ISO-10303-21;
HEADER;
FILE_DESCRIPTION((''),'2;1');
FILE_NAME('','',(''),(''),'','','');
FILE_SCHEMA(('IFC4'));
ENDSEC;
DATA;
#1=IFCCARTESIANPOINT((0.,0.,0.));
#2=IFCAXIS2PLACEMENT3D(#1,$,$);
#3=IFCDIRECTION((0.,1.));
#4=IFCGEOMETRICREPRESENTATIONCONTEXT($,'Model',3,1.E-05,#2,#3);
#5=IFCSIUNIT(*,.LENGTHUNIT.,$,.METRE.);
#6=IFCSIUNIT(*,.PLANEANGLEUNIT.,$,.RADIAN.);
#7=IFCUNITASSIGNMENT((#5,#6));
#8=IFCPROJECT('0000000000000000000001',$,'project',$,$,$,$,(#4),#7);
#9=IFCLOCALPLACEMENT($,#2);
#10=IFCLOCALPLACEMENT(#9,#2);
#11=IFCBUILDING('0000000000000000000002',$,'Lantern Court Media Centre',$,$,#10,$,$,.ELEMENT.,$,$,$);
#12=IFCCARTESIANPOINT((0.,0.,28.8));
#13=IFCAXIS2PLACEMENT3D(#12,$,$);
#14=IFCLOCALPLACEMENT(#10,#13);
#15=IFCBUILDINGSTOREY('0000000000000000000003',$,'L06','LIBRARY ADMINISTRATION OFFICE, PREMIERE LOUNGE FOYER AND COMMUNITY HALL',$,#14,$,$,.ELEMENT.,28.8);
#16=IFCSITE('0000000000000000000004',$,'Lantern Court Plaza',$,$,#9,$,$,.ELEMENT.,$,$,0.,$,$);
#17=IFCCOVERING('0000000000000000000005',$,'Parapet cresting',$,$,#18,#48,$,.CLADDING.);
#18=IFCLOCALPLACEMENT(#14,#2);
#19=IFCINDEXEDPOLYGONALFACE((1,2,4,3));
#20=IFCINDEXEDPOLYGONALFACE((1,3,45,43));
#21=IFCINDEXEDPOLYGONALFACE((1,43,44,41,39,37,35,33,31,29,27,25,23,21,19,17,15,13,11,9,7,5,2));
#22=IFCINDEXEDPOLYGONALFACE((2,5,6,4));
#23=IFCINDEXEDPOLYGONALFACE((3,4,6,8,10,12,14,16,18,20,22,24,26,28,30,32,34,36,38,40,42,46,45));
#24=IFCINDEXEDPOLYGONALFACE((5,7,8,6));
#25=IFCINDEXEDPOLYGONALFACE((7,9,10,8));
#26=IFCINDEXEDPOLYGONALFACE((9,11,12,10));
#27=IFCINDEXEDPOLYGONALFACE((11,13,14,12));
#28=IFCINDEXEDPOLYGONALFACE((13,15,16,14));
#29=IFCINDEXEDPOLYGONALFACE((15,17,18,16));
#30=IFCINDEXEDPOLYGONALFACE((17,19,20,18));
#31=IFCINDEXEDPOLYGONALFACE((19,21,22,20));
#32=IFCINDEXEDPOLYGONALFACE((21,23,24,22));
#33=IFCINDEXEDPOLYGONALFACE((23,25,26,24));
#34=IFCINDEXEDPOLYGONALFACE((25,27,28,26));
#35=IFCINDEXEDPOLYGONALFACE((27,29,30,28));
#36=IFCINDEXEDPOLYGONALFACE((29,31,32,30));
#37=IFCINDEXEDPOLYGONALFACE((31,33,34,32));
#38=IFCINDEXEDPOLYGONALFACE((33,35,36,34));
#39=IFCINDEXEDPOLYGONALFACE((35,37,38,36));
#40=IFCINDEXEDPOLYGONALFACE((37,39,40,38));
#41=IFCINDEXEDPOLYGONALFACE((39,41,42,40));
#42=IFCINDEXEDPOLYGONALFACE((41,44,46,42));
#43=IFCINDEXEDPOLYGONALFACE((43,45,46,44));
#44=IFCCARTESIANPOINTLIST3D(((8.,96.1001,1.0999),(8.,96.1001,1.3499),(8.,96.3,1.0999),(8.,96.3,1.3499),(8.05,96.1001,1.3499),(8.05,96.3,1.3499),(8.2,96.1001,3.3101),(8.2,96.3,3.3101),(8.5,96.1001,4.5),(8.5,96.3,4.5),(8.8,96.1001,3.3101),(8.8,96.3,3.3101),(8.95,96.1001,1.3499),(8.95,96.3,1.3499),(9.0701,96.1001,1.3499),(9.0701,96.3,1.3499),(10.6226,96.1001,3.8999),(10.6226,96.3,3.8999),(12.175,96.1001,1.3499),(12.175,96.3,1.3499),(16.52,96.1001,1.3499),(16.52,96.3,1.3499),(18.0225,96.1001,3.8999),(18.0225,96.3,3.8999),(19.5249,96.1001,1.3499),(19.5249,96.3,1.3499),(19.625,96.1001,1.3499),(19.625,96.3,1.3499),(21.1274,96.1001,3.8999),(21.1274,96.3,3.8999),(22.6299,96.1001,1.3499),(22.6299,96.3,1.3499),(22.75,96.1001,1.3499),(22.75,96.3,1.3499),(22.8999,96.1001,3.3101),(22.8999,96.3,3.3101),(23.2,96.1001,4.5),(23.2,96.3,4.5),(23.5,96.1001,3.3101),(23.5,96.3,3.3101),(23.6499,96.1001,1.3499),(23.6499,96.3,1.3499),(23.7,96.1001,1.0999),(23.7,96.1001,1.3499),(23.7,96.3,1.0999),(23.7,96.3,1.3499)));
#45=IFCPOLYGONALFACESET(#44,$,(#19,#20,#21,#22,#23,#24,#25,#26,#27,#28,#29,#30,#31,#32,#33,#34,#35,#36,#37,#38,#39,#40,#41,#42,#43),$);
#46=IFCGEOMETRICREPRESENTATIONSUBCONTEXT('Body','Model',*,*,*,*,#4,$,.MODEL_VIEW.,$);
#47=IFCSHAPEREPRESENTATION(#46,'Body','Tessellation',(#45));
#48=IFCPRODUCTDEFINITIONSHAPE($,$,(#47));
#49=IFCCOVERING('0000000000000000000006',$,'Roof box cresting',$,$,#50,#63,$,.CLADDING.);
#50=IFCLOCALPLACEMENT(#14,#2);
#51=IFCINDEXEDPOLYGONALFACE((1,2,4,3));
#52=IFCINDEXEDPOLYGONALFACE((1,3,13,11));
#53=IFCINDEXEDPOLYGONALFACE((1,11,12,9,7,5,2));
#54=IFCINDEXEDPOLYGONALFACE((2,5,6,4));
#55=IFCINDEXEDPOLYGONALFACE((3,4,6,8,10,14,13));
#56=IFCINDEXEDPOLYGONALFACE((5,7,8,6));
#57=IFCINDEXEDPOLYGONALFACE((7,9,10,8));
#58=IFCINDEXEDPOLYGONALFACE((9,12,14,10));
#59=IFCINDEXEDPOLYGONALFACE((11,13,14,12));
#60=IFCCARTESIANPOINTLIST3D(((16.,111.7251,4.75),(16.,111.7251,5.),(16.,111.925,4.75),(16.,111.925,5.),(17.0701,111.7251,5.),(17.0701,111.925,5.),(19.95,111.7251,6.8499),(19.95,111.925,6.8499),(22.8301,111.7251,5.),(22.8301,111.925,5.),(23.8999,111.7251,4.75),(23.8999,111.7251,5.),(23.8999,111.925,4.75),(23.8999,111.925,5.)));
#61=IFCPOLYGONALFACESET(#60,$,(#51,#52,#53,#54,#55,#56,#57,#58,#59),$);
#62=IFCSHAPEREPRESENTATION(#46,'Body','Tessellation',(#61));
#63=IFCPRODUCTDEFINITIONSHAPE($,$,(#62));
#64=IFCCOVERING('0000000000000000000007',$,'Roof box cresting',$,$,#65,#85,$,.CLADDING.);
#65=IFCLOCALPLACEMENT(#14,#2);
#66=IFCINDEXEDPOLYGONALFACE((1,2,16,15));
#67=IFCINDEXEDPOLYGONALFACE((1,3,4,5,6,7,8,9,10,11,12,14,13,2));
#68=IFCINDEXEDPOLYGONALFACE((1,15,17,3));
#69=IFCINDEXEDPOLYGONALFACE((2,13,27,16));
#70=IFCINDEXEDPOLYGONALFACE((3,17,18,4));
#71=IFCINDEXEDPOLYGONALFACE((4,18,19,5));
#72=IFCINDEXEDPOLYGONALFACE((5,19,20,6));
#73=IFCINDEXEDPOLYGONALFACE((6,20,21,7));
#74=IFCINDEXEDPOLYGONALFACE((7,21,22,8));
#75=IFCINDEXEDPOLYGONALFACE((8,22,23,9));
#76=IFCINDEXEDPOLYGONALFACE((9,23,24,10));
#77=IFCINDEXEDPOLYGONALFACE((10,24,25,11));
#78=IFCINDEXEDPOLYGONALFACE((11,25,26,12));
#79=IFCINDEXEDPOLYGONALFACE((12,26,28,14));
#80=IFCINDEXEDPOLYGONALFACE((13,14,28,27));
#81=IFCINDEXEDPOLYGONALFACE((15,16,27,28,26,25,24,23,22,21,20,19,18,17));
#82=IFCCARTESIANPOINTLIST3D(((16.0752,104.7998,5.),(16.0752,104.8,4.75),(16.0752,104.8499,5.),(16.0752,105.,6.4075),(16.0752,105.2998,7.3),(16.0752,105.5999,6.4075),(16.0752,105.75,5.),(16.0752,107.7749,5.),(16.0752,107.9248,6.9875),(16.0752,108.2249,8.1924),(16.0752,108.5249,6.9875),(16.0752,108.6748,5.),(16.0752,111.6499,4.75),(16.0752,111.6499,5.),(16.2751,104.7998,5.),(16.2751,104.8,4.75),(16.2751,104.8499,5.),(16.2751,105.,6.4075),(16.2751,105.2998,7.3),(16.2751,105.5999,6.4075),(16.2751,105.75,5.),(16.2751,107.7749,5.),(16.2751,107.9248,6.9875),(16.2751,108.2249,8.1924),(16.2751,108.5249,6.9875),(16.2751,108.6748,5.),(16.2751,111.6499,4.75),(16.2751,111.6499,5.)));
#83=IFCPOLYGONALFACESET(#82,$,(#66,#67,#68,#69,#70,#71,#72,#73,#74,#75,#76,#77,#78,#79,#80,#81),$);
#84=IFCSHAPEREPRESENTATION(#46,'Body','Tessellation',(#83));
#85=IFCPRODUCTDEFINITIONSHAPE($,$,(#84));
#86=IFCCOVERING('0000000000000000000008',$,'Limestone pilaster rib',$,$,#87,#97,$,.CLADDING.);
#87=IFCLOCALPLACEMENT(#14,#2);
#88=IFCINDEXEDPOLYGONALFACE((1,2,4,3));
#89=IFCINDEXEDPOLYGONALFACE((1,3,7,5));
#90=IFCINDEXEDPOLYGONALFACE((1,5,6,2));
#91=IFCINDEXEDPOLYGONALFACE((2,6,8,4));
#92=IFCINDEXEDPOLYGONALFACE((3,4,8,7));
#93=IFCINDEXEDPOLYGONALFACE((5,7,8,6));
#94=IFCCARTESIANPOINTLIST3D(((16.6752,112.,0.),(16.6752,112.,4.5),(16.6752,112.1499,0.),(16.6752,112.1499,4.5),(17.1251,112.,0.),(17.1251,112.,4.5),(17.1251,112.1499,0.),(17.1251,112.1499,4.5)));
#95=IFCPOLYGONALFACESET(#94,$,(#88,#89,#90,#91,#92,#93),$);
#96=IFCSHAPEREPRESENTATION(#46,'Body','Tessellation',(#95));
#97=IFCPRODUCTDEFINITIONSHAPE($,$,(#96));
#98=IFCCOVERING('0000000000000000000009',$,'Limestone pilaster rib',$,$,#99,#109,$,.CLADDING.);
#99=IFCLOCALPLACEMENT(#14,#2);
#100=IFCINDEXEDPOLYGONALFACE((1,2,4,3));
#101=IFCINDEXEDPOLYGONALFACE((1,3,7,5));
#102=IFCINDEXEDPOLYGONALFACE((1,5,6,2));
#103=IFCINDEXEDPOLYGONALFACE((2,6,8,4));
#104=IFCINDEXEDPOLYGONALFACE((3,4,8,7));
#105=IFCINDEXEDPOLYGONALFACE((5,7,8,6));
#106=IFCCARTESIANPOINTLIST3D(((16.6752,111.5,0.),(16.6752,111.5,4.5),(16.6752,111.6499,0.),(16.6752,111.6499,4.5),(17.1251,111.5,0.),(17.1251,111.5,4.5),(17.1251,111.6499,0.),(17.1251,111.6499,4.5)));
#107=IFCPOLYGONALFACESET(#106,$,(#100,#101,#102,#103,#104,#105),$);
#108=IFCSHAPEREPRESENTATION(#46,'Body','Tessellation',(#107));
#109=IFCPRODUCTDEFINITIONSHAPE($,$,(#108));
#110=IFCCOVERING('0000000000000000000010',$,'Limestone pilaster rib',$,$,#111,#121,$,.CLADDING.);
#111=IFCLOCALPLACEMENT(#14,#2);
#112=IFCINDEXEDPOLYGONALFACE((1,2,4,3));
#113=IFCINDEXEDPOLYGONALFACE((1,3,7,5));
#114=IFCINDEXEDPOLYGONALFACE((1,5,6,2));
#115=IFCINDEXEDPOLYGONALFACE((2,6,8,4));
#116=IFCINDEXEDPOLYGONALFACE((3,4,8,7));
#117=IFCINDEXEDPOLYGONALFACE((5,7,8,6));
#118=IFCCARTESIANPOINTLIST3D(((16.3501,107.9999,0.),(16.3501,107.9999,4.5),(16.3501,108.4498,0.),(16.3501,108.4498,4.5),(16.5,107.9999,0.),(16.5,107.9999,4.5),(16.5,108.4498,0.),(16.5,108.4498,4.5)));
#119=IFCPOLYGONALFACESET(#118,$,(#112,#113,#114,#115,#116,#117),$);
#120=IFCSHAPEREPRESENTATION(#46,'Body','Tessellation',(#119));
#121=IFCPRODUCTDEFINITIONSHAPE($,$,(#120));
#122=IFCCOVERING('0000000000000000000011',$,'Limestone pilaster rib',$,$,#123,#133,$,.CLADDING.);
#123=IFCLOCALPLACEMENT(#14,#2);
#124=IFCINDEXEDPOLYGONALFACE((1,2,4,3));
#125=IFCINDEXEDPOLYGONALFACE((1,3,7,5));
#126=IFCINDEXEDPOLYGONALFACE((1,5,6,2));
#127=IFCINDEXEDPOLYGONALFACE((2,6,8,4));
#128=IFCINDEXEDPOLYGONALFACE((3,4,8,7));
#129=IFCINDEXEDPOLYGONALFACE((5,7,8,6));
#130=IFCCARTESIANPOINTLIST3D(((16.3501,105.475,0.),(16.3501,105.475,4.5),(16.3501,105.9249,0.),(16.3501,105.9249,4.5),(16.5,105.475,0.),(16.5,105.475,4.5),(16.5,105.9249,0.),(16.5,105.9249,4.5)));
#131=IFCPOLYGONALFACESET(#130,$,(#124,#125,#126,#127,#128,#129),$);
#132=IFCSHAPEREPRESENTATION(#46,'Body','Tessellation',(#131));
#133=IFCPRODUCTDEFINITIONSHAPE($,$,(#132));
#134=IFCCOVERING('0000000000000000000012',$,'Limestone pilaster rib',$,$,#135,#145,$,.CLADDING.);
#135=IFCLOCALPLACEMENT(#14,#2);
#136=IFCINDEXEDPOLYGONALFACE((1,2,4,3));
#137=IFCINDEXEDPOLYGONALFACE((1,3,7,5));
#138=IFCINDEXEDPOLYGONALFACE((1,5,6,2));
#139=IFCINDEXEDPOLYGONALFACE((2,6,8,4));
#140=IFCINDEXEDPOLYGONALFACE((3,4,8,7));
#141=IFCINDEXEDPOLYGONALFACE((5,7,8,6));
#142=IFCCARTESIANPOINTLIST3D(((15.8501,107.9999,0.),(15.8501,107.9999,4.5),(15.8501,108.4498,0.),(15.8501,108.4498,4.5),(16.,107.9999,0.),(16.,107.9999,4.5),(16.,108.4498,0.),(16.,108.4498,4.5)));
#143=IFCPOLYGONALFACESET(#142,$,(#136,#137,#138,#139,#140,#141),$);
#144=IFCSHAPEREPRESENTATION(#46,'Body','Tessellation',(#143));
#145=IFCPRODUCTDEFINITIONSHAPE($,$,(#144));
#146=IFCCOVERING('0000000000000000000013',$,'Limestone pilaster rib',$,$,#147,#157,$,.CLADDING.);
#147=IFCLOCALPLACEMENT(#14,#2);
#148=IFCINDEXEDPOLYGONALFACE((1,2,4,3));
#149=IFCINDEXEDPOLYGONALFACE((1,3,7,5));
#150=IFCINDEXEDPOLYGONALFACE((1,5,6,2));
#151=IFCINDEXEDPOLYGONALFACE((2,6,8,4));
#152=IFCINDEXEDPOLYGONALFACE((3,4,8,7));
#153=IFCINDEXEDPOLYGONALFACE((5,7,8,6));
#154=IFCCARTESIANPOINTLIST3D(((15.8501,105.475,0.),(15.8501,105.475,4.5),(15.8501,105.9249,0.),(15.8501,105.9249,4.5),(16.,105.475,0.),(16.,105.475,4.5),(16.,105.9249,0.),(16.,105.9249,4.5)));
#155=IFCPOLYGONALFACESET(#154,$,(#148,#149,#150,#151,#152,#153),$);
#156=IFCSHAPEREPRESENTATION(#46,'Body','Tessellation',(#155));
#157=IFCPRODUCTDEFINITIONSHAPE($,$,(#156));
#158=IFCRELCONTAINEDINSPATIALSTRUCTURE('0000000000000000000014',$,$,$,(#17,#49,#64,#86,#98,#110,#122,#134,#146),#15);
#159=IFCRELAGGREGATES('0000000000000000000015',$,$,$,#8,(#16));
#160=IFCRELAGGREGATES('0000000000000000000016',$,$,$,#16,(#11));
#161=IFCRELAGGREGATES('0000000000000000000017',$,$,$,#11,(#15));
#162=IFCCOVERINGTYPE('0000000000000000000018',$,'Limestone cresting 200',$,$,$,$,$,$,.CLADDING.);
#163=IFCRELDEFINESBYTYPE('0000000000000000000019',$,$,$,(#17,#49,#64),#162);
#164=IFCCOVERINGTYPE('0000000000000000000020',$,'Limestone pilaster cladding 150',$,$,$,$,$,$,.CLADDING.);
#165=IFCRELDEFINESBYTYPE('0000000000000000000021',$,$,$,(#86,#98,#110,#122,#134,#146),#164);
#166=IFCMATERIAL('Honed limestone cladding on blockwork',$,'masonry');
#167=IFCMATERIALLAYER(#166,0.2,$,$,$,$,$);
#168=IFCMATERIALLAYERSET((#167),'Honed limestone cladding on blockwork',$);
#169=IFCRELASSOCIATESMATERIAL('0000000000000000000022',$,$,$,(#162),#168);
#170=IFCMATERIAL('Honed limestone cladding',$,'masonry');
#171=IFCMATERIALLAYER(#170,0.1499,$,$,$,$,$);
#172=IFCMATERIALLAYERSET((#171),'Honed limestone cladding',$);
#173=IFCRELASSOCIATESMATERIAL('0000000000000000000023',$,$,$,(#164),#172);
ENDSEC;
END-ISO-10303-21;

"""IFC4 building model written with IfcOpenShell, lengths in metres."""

from ifc_helpers import new_model, si_unit, direction, frame, frame_2d, origin, place, context, subcontext, project, spatial, polyline, rectangle, outline, extrude, material, layer, layer_set, type_object, element, save


model = new_model("IFC4")

# Units and contexts
model_context = context("Model", 3, precision=1e-05, world=origin(), true_north=direction((0.0, 1.0)))
body_context = subcontext(model_context, "Body", "Model", "MODEL_VIEW")
ifc_project = project(units=[si_unit("LENGTHUNIT", "METRE"), si_unit("PLANEANGLEUNIT", "RADIAN")], contexts=[model_context])

# Site, building, storey
site_placement = place(None, origin())
site = spatial("IfcSite", under=ifc_project, at=site_placement, Name="Lantern Court Plaza", CompositionType="ELEMENT", RefElevation=0.0)
building_placement = place(site_placement, origin())
building = spatial("IfcBuilding", under=site, at=building_placement, Name="Lantern Court Media Centre", CompositionType="ELEMENT")
storey_placement = place(building_placement, frame((0.0, 0.0, 28.8)))
storey = spatial("IfcBuildingStorey", under=building, at=storey_placement, Name="L06", Description="LIBRARY ADMINISTRATION OFFICE, PREMIERE LOUNGE FOYER AND COMMUNITY HALL", CompositionType="ELEMENT", Elevation=28.8)

# Shared definitions
ifc_material_1 = material(Name="Honed limestone cladding on blockwork", Category="masonry")

# Coverings
ifc_layer_1 = layer(ifc_material_1, 0.2)
ifc_layer_set_1 = layer_set([ifc_layer_1], Name="Honed limestone cladding on blockwork")
covering_type_1 = type_object("IfcCoveringType", Name="Limestone cresting 200", PredefinedType="CLADDING", material=ifc_layer_set_1)
covering_1_placement = place(storey_placement, frame((8.0, 96.2, 1.0999), z_axis=(0.0, 0.0, 1.0), x_axis=(1.0, 0.0, 0.0)))
element("IfcCovering", 1, at=covering_1_placement, inside=storey, type_object=covering_type_1, Name="Parapet cresting", PredefinedType="CLADDING", context=body_context, shape_type="SweptSolid", body=[
    extrude(outline(polyline([(0.0, 0.0), (15.7, 0.0), (15.7, 0.25), (15.6499, 0.25), (15.5, 2.2102), (15.2, 3.4001), (14.8999, 2.2102), (14.75, 0.25), (14.6299, 0.25), (13.1274, 2.8), (11.625, 0.25), (11.5249, 0.25), (10.0225, 2.8), (8.52, 0.25), (4.175, 0.25), (2.6226, 2.8), (1.0701, 0.25), (0.95, 0.25), (0.8, 2.2102), (0.5, 3.4001), (0.2, 2.2102), (0.05, 0.25), (0.0, 0.25), (0.0, 0.0)])), frame((0.0, 0.1001, 0.0), z_axis=(0.0, -1.0, 0.0), x_axis=(1.0, 0.0, 0.0)), (0.0, 0.0, 1.0), 0.2),
])
covering_2_placement = place(storey_placement, frame((16.0, 111.825, 4.75), z_axis=(0.0, 0.0, 1.0), x_axis=(1.0, 0.0, 0.0)))
element("IfcCovering", 2, at=covering_2_placement, inside=storey, type_object=covering_type_1, Name="Roof box cresting", PredefinedType="CLADDING", context=body_context, shape_type="SweptSolid", body=[
    extrude(outline(polyline([(0.0, 0.0), (7.8999, 0.0), (7.8999, 0.25), (6.8301, 0.25), (3.95, 2.0999), (1.0701, 0.25), (0.0, 0.25), (0.0, 0.0)])), frame((0.0, 0.1001, 0.0), z_axis=(0.0, -1.0, 0.0), x_axis=(1.0, 0.0, 0.0)), (0.0, 0.0, 1.0), 0.2),
])
covering_3_placement = place(storey_placement, frame((16.175, 111.6499, 4.75), z_axis=(0.0, 0.0, 1.0), x_axis=(0.0, -1.0, 0.0)))
element("IfcCovering", 3, at=covering_3_placement, inside=storey, type_object=covering_type_1, Name="Roof box cresting", PredefinedType="CLADDING", context=body_context, shape_type="SweptSolid", body=[
    extrude(outline(polyline([(0.0, 0.0), (6.8499, 0.0), (6.8501, 0.25), (6.8, 0.25), (6.6499, 1.6575), (6.3501, 2.55), (6.05, 1.6575), (5.8999, 0.25), (3.875, 0.25), (3.7251, 2.2375), (3.425, 3.4424), (3.125, 2.2375), (2.9751, 0.25), (0.0, 0.25), (0.0, 0.0)])), frame((0.0, 0.1001, 0.0), z_axis=(0.0, -1.0, 0.0), x_axis=(1.0, 0.0, 0.0)), (0.0, 0.0, 1.0), 0.2),
])
ifc_material_2 = material(Name="Honed limestone cladding", Category="masonry")
ifc_layer_2 = layer(ifc_material_2, 0.1499)
ifc_layer_set_2 = layer_set([ifc_layer_2], Name="Honed limestone cladding")
covering_type_2 = type_object("IfcCoveringType", Name="Limestone pilaster cladding 150", PredefinedType="CLADDING", material=ifc_layer_set_2)
for number, where, z_axis, x_axis, name in (
    (4, (16.675, 112.075, 0.0), (0.0, 0.0, 1.0), (1.0, 0.0, 0.0), "Limestone pilaster rib"),
    (5, (16.675, 111.575, 0.0), (0.0, 0.0, 1.0), (1.0, 0.0, 0.0), "Limestone pilaster rib"),
    (6, (16.425, 108.45, 0.0), (0.0, 0.0, 1.0), (0.0, -1.0, 0.0), "Limestone pilaster rib"),
    (7, (16.425, 105.925, 0.0), (0.0, 0.0, 1.0), (0.0, -1.0, 0.0), "Limestone pilaster rib"),
    (8, (15.925, 108.45, 0.0), (0.0, 0.0, 1.0), (0.0, -1.0, 0.0), "Limestone pilaster rib"),
    (9, (15.925, 105.925, 0.0), (0.0, 0.0, 1.0), (0.0, -1.0, 0.0), "Limestone pilaster rib"),
):
    element("IfcCovering", number, at=place(storey_placement, frame(where, z_axis=z_axis, x_axis=x_axis)), inside=storey, type_object=covering_type_2, Name=name, PredefinedType="CLADDING", context=body_context, shape_type="SweptSolid", body=[
        extrude(rectangle(XDim=0.45, YDim=0.1499, at=frame_2d((0.2251, 0.0))), origin(), (0.0, 0.0, 1.0), 4.5),
    ])

save(model, "model.ifc")
